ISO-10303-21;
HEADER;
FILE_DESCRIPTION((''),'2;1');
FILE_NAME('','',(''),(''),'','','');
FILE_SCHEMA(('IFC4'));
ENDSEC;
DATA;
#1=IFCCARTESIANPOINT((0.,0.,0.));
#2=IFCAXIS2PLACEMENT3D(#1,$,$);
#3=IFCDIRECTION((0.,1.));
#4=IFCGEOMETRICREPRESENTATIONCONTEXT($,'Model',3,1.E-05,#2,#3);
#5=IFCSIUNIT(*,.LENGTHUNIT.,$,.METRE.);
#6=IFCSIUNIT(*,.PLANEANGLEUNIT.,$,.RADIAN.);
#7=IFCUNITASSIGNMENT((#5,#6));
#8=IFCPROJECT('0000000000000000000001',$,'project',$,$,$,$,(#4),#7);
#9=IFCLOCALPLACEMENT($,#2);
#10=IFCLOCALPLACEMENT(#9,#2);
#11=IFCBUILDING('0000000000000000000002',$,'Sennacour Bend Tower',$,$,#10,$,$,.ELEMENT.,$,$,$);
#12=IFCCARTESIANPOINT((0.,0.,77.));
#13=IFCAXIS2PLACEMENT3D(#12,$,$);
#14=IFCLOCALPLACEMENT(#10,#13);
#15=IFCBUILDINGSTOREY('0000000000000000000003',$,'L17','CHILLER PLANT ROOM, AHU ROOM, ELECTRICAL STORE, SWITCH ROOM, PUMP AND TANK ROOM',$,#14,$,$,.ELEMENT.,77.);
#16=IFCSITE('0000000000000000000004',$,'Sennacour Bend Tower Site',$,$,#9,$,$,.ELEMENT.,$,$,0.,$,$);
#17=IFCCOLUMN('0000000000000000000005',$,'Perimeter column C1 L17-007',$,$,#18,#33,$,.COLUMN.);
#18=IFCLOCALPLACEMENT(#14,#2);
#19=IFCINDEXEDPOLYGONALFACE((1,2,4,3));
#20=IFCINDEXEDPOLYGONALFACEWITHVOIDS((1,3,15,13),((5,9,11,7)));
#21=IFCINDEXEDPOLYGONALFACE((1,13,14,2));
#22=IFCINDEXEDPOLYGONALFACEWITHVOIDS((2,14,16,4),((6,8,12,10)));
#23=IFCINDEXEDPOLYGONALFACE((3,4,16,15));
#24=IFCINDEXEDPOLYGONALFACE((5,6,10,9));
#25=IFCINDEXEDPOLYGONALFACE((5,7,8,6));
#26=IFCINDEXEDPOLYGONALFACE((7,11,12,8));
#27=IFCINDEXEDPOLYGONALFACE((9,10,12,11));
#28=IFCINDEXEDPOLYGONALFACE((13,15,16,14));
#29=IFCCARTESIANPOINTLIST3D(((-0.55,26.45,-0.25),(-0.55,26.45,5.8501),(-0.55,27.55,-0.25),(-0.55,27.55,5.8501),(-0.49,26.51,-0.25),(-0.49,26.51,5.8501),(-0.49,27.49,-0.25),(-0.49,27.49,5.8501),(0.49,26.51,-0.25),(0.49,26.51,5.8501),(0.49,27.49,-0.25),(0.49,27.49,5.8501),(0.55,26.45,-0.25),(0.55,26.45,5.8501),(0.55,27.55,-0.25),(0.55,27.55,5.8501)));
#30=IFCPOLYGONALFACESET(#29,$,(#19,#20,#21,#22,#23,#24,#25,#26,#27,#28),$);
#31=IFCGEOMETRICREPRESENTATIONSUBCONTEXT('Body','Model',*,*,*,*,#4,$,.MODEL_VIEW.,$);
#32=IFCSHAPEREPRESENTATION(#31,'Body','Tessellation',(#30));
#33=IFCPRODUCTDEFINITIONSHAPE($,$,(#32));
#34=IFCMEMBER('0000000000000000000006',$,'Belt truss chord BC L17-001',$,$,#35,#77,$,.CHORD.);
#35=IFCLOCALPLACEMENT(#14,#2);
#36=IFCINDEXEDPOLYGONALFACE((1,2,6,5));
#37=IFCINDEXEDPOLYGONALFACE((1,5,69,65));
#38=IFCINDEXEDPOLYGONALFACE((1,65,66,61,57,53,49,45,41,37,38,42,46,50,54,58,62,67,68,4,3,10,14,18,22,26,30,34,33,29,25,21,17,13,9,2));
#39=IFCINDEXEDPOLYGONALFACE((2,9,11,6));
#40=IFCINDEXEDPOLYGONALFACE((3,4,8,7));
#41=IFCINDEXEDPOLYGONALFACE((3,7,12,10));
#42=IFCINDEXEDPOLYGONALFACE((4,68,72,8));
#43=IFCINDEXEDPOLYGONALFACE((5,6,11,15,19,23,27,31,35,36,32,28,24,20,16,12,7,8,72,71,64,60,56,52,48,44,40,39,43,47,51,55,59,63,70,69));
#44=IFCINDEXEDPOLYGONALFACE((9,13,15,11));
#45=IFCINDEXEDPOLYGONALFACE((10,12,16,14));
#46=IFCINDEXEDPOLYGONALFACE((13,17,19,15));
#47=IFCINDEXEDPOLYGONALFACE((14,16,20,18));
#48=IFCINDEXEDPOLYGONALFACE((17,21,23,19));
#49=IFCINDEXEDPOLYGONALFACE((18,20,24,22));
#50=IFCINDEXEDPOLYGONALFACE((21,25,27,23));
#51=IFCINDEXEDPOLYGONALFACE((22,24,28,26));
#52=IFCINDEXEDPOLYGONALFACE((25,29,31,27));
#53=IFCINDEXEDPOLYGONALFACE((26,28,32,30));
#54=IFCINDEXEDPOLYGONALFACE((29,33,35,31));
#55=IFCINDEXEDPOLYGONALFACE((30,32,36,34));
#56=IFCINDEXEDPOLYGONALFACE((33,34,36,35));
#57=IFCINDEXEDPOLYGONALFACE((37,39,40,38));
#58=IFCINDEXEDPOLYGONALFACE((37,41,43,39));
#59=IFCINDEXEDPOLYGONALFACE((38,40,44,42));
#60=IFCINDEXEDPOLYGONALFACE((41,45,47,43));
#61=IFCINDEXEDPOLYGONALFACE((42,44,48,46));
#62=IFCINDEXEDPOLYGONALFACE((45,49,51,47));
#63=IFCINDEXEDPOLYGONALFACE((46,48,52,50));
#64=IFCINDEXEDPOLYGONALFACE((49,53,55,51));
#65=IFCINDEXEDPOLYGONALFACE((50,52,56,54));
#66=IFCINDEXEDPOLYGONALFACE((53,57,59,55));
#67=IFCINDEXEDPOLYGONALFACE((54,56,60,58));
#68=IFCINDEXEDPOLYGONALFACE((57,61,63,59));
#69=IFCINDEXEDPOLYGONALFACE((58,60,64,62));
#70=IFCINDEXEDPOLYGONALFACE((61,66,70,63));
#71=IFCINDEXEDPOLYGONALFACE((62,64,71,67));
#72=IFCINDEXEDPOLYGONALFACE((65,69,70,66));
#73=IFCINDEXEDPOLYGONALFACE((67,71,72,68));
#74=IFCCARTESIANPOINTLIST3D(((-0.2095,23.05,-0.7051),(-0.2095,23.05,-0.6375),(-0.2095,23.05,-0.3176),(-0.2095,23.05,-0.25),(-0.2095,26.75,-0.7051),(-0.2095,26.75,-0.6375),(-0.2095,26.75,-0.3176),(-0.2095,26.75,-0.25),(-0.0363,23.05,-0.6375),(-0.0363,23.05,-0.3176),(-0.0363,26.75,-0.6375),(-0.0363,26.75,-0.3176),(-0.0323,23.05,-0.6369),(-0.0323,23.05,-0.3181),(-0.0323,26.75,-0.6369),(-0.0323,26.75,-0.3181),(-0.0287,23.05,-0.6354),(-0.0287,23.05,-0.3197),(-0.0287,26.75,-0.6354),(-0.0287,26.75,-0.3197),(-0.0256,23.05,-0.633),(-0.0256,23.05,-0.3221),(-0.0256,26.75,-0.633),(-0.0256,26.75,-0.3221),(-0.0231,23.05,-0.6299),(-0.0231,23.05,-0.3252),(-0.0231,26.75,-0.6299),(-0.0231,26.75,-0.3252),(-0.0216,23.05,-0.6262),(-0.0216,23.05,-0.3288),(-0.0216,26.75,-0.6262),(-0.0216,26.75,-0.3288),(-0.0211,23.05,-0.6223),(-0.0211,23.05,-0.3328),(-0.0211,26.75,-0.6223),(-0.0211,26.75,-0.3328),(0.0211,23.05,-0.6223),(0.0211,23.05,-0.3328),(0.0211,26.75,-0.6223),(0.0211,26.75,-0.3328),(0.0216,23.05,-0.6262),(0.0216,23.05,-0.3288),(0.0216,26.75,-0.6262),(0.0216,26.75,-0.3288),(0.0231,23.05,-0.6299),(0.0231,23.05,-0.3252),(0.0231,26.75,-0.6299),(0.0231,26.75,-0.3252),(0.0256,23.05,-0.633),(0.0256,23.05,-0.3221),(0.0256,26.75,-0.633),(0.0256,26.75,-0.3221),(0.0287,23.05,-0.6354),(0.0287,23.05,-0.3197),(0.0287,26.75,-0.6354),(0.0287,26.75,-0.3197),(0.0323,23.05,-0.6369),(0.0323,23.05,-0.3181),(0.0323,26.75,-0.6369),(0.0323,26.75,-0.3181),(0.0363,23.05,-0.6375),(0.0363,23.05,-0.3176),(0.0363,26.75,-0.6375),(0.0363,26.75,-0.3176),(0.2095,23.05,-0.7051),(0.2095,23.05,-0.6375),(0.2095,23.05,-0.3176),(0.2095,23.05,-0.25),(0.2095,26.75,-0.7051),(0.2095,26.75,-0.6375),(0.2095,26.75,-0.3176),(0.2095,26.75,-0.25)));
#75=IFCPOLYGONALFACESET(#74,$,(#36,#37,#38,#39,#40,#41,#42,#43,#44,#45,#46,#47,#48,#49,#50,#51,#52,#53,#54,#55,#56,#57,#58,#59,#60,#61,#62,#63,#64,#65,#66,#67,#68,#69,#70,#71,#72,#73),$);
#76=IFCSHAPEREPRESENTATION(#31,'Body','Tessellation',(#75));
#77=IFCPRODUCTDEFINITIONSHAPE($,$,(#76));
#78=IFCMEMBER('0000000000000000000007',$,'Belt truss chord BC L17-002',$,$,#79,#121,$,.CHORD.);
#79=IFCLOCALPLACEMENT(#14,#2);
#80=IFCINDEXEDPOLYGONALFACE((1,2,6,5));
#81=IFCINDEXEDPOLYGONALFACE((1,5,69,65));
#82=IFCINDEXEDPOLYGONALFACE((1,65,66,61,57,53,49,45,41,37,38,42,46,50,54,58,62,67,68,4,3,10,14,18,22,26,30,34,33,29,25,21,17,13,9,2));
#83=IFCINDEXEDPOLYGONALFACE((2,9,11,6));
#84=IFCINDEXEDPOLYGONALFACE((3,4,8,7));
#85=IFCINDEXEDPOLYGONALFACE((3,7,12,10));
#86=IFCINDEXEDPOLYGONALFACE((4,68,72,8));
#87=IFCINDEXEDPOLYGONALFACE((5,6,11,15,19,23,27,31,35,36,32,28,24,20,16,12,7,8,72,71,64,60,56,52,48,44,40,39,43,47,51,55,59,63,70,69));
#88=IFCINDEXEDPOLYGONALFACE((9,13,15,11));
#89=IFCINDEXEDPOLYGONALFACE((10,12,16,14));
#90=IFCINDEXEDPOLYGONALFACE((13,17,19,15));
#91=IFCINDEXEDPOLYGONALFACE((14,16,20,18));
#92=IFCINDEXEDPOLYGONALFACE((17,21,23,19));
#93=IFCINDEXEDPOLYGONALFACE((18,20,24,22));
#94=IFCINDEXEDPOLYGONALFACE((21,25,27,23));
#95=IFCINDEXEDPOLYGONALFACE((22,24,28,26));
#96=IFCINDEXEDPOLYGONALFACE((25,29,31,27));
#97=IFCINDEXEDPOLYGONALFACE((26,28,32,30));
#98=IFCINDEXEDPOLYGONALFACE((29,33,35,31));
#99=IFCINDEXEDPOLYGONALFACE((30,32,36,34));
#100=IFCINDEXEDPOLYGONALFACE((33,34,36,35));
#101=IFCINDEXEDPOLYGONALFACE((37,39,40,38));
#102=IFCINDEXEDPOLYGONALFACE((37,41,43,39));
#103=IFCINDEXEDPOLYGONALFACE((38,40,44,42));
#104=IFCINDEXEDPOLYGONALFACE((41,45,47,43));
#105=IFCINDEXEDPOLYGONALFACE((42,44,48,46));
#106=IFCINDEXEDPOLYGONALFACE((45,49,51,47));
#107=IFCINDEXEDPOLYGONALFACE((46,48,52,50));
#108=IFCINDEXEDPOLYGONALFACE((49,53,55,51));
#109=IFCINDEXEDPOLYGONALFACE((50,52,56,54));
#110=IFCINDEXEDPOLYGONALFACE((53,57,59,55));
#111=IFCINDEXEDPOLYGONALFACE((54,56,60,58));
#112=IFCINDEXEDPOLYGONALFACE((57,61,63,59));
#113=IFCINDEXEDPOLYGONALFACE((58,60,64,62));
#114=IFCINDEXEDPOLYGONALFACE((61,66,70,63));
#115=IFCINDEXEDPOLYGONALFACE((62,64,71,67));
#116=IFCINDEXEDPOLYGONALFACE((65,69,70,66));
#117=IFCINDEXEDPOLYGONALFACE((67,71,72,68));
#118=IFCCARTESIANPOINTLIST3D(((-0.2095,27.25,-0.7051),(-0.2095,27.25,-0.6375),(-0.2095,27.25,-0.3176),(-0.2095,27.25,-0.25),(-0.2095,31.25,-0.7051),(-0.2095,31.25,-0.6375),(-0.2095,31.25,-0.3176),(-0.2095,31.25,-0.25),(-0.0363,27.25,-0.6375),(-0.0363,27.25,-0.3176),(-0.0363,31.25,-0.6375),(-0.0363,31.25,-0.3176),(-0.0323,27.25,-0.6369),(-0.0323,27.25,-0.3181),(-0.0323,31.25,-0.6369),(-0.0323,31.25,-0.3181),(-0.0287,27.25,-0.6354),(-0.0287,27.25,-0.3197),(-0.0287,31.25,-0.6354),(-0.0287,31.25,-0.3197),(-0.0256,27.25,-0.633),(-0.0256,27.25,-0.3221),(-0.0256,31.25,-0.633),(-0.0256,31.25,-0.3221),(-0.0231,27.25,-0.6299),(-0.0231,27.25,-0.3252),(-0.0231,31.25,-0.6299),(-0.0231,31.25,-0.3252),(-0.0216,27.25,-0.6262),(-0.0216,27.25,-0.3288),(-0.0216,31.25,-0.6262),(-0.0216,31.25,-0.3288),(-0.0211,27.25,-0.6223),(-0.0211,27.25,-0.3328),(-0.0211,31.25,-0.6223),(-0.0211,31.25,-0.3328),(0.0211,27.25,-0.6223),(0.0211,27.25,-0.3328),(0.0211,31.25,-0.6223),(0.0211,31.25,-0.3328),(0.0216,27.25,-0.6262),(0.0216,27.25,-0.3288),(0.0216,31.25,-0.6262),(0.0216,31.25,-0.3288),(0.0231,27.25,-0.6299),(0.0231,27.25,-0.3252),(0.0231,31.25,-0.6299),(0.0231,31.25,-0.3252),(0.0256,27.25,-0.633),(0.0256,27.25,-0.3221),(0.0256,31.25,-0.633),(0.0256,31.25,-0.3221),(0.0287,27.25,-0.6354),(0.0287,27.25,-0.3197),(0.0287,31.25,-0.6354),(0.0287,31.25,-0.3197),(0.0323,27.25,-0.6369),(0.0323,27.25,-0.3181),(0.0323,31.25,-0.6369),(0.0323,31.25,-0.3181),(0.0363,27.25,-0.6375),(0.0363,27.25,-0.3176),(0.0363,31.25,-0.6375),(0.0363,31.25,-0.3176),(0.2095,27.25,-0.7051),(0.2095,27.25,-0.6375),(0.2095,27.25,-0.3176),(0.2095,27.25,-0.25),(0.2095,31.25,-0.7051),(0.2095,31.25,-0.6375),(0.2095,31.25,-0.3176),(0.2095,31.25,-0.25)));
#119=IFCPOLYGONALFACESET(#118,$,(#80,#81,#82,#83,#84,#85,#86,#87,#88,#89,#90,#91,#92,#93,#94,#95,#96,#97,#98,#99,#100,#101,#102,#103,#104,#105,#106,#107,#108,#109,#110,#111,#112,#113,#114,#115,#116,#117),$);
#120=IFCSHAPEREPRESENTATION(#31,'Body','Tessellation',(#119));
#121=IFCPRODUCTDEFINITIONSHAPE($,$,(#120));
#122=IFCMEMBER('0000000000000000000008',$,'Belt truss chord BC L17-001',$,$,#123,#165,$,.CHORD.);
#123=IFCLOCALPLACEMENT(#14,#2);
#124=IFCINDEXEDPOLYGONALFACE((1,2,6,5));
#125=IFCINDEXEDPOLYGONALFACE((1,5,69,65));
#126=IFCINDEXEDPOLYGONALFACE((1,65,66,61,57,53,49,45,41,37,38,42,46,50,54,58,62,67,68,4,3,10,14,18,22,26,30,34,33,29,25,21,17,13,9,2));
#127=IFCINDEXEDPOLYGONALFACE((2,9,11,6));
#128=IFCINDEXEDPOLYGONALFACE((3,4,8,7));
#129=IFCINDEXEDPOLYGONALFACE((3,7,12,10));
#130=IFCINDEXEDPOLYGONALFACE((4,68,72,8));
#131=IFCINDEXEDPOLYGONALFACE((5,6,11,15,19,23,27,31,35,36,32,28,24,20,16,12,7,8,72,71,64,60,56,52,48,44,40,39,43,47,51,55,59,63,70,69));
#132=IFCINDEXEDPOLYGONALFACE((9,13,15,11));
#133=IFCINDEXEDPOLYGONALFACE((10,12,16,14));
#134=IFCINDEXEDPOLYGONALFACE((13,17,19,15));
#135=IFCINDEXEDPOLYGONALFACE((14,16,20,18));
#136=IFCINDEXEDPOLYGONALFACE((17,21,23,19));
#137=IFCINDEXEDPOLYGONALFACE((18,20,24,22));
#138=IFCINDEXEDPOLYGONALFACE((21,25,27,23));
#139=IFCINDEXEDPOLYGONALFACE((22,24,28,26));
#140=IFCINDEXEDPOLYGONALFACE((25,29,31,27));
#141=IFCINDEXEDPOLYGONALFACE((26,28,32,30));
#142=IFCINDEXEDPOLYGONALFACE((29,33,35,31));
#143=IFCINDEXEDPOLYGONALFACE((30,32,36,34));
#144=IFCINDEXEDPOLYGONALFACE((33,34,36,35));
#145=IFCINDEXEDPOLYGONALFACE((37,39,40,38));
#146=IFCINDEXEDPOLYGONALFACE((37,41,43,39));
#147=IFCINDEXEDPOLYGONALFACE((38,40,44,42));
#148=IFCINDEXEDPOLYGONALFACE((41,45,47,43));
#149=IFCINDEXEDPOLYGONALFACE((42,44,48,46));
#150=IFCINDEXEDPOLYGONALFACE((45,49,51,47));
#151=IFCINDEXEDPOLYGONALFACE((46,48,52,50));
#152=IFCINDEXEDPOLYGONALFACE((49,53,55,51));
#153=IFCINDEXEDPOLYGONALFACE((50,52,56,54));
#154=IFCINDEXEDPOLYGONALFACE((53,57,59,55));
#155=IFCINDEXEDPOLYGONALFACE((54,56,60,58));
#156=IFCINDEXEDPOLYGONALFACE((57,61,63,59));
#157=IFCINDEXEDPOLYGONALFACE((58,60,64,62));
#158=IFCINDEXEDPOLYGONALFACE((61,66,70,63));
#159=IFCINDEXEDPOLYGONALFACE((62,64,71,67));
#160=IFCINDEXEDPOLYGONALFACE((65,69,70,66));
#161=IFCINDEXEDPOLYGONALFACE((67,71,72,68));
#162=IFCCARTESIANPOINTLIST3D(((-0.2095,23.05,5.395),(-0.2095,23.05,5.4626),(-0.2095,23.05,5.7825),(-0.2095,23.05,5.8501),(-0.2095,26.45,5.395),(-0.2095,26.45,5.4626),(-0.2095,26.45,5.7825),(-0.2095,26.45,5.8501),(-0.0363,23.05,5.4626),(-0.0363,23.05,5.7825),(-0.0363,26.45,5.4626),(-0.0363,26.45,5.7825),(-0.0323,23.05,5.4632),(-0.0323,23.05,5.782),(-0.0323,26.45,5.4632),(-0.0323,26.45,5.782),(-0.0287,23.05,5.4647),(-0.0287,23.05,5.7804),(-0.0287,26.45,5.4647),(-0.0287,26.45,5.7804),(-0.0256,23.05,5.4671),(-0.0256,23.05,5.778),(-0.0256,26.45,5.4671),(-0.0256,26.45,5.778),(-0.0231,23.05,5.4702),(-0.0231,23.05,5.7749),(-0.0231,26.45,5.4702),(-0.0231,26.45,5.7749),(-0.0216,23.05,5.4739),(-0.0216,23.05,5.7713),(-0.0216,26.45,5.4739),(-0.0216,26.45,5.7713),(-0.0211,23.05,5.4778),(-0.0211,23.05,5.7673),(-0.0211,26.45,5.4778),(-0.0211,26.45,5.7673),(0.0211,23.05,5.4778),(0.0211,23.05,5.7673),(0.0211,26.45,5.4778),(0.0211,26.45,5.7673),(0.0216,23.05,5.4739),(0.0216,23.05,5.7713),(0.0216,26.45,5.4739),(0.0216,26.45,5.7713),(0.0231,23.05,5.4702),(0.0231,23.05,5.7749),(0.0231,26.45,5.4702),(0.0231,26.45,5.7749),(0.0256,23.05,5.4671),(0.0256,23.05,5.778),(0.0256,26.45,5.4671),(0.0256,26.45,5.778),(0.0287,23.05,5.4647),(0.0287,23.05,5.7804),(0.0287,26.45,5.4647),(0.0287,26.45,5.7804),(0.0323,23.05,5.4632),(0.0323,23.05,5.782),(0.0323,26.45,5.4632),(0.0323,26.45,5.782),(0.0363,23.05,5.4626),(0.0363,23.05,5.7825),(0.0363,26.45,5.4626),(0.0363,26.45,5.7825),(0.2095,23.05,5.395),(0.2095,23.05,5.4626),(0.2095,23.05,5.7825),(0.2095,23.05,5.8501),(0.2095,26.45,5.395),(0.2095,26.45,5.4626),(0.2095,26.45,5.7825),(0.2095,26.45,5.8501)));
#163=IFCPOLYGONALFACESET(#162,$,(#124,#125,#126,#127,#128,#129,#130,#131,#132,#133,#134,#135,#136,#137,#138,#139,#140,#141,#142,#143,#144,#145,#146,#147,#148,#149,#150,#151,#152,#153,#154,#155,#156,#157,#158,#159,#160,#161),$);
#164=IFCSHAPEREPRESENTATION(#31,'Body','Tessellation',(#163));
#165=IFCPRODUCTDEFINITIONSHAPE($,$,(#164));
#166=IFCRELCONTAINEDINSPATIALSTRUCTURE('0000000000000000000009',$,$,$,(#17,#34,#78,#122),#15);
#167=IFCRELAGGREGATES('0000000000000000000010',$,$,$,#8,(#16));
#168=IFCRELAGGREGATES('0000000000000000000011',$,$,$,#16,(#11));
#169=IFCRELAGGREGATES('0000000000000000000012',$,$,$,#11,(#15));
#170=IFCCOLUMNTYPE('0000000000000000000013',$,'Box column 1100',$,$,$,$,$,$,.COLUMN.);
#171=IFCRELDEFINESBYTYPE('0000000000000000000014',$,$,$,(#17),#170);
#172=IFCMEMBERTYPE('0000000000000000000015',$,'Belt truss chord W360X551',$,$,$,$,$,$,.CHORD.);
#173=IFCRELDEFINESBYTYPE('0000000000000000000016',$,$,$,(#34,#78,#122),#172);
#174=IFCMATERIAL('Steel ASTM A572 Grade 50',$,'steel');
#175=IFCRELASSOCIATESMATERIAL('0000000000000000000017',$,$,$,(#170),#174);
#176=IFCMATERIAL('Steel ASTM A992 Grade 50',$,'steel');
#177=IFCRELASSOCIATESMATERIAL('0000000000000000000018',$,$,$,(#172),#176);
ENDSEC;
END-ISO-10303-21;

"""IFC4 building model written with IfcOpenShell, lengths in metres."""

from ifc_helpers import new_model, si_unit, direction, frame, origin, origin_2d, place, context, subcontext, project, spatial, hollow_rectangle, i_section, extrude, material, material_profile, profile_set, type_object, element, save


model = new_model("IFC4")

# Units and contexts
model_context = context("Model", 3, precision=1e-05, world=origin(), true_north=direction((0.0, 1.0)))
body_context = subcontext(model_context, "Body", "Model", "MODEL_VIEW")
ifc_project = project(units=[si_unit("LENGTHUNIT", "METRE"), si_unit("PLANEANGLEUNIT", "RADIAN")], contexts=[model_context])

# Site, building, storey
site_placement = place(None, origin())
site = spatial("IfcSite", under=ifc_project, at=site_placement, Name="Sennacour Bend Tower Site", CompositionType="ELEMENT", RefElevation=0.0)
building_placement = place(site_placement, origin())
building = spatial("IfcBuilding", under=site, at=building_placement, Name="Sennacour Bend Tower", CompositionType="ELEMENT")
storey_placement = place(building_placement, frame((0.0, 0.0, 77.0)))
storey = spatial("IfcBuildingStorey", under=building, at=storey_placement, Name="L17", Description="CHILLER PLANT ROOM, AHU ROOM, ELECTRICAL STORE, SWITCH ROOM, PUMP AND TANK ROOM", CompositionType="ELEMENT", Elevation=77.0)

# Column
ifc_material_1 = material(Name="Steel ASTM A572 Grade 50", Category="steel")
ifc_material_profile_1 = material_profile(ifc_material_1, hollow_rectangle(XDim=1.1001, YDim=1.1001, WallThickness=0.0601, at=origin_2d()), Name="Steel ASTM A572 Grade 50", Category="steel")
ifc_profile_set_1 = profile_set([ifc_material_profile_1], Name="Steel ASTM A572 Grade 50")
column_type = type_object("IfcColumnType", Name="Box column 1100", PredefinedType="COLUMN", material=ifc_profile_set_1)
column_placement = place(storey_placement, frame((0.0, 27.0, -0.25), z_axis=(0.0, 0.0, 1.0), x_axis=(1.0, 0.0, 0.0)))
element("IfcColumn", 1, at=column_placement, inside=storey, type_object=column_type, Name="Perimeter column C1 L17-007", PredefinedType="COLUMN", context=body_context, shape_type="SweptSolid", body=[
    extrude(hollow_rectangle(XDim=1.1001, YDim=1.1001, WallThickness=0.0601, at=origin_2d()), origin(), (0.0, 0.0, 1.0), 6.1001),
])

# Members
ifc_material_2 = material(Name="Steel ASTM A992 Grade 50", Category="steel")
ifc_material_profile_2 = material_profile(ifc_material_2, i_section(OverallWidth=0.4189, OverallDepth=0.4551, WebThickness=0.0422, FlangeThickness=0.0676, FilletRadius=0.0151, at=origin_2d()), Name="Steel ASTM A992 Grade 50", Category="steel")
ifc_profile_set_2 = profile_set([ifc_material_profile_2], Name="Steel ASTM A992 Grade 50")
member_type_1 = type_object("IfcMemberType", Name="Belt truss chord W360X551", PredefinedType="CHORD", material=ifc_profile_set_2)
member_1_placement = place(storey_placement, frame((0.0, 23.05, -0.4775), z_axis=(0.0, 1.0, 0.0), x_axis=(-1.0, 0.0, 0.0)))
element("IfcMember", 2, at=member_1_placement, inside=storey, type_object=member_type_1, Name="Belt truss chord BC L17-001", PredefinedType="CHORD", context=body_context, shape_type="SweptSolid", body=[
    extrude(i_section(OverallWidth=0.4189, OverallDepth=0.4551, WebThickness=0.0422, FlangeThickness=0.0676, FilletRadius=0.0151, at=origin_2d()), origin(), (0.0, 0.0, 1.0), 3.7),
])
member_2_placement = place(storey_placement, frame((0.0, 27.25, -0.4775), z_axis=(0.0, 1.0, 0.0), x_axis=(-1.0, 0.0, 0.0)))
element("IfcMember", 3, at=member_2_placement, inside=storey, type_object=member_type_1, Name="Belt truss chord BC L17-002", PredefinedType="CHORD", context=body_context, shape_type="SweptSolid", body=[
    extrude(i_section(OverallWidth=0.4189, OverallDepth=0.4551, WebThickness=0.0422, FlangeThickness=0.0676, FilletRadius=0.0151, at=origin_2d()), origin(), (0.0, 0.0, 1.0), 4.0),
])
for number, where, z_axis, x_axis, name in (
    (4, (0.0, 23.05, 5.6226), (0.0, 1.0, 0.0), (-1.0, 0.0, 0.0), "Belt truss chord BC L17-001"),
):
    element("IfcMember", number, at=place(storey_placement, frame(where, z_axis=z_axis, x_axis=x_axis)), inside=storey, type_object=member_type_1, Name=name, PredefinedType="CHORD", context=body_context, shape_type="SweptSolid", body=[
        extrude(i_section(OverallWidth=0.4189, OverallDepth=0.4551, WebThickness=0.0422, FlangeThickness=0.0676, FilletRadius=0.0151, at=origin_2d()), origin(), (0.0, 0.0, 1.0), 3.3999),
    ])

save(model, "model.ifc")
